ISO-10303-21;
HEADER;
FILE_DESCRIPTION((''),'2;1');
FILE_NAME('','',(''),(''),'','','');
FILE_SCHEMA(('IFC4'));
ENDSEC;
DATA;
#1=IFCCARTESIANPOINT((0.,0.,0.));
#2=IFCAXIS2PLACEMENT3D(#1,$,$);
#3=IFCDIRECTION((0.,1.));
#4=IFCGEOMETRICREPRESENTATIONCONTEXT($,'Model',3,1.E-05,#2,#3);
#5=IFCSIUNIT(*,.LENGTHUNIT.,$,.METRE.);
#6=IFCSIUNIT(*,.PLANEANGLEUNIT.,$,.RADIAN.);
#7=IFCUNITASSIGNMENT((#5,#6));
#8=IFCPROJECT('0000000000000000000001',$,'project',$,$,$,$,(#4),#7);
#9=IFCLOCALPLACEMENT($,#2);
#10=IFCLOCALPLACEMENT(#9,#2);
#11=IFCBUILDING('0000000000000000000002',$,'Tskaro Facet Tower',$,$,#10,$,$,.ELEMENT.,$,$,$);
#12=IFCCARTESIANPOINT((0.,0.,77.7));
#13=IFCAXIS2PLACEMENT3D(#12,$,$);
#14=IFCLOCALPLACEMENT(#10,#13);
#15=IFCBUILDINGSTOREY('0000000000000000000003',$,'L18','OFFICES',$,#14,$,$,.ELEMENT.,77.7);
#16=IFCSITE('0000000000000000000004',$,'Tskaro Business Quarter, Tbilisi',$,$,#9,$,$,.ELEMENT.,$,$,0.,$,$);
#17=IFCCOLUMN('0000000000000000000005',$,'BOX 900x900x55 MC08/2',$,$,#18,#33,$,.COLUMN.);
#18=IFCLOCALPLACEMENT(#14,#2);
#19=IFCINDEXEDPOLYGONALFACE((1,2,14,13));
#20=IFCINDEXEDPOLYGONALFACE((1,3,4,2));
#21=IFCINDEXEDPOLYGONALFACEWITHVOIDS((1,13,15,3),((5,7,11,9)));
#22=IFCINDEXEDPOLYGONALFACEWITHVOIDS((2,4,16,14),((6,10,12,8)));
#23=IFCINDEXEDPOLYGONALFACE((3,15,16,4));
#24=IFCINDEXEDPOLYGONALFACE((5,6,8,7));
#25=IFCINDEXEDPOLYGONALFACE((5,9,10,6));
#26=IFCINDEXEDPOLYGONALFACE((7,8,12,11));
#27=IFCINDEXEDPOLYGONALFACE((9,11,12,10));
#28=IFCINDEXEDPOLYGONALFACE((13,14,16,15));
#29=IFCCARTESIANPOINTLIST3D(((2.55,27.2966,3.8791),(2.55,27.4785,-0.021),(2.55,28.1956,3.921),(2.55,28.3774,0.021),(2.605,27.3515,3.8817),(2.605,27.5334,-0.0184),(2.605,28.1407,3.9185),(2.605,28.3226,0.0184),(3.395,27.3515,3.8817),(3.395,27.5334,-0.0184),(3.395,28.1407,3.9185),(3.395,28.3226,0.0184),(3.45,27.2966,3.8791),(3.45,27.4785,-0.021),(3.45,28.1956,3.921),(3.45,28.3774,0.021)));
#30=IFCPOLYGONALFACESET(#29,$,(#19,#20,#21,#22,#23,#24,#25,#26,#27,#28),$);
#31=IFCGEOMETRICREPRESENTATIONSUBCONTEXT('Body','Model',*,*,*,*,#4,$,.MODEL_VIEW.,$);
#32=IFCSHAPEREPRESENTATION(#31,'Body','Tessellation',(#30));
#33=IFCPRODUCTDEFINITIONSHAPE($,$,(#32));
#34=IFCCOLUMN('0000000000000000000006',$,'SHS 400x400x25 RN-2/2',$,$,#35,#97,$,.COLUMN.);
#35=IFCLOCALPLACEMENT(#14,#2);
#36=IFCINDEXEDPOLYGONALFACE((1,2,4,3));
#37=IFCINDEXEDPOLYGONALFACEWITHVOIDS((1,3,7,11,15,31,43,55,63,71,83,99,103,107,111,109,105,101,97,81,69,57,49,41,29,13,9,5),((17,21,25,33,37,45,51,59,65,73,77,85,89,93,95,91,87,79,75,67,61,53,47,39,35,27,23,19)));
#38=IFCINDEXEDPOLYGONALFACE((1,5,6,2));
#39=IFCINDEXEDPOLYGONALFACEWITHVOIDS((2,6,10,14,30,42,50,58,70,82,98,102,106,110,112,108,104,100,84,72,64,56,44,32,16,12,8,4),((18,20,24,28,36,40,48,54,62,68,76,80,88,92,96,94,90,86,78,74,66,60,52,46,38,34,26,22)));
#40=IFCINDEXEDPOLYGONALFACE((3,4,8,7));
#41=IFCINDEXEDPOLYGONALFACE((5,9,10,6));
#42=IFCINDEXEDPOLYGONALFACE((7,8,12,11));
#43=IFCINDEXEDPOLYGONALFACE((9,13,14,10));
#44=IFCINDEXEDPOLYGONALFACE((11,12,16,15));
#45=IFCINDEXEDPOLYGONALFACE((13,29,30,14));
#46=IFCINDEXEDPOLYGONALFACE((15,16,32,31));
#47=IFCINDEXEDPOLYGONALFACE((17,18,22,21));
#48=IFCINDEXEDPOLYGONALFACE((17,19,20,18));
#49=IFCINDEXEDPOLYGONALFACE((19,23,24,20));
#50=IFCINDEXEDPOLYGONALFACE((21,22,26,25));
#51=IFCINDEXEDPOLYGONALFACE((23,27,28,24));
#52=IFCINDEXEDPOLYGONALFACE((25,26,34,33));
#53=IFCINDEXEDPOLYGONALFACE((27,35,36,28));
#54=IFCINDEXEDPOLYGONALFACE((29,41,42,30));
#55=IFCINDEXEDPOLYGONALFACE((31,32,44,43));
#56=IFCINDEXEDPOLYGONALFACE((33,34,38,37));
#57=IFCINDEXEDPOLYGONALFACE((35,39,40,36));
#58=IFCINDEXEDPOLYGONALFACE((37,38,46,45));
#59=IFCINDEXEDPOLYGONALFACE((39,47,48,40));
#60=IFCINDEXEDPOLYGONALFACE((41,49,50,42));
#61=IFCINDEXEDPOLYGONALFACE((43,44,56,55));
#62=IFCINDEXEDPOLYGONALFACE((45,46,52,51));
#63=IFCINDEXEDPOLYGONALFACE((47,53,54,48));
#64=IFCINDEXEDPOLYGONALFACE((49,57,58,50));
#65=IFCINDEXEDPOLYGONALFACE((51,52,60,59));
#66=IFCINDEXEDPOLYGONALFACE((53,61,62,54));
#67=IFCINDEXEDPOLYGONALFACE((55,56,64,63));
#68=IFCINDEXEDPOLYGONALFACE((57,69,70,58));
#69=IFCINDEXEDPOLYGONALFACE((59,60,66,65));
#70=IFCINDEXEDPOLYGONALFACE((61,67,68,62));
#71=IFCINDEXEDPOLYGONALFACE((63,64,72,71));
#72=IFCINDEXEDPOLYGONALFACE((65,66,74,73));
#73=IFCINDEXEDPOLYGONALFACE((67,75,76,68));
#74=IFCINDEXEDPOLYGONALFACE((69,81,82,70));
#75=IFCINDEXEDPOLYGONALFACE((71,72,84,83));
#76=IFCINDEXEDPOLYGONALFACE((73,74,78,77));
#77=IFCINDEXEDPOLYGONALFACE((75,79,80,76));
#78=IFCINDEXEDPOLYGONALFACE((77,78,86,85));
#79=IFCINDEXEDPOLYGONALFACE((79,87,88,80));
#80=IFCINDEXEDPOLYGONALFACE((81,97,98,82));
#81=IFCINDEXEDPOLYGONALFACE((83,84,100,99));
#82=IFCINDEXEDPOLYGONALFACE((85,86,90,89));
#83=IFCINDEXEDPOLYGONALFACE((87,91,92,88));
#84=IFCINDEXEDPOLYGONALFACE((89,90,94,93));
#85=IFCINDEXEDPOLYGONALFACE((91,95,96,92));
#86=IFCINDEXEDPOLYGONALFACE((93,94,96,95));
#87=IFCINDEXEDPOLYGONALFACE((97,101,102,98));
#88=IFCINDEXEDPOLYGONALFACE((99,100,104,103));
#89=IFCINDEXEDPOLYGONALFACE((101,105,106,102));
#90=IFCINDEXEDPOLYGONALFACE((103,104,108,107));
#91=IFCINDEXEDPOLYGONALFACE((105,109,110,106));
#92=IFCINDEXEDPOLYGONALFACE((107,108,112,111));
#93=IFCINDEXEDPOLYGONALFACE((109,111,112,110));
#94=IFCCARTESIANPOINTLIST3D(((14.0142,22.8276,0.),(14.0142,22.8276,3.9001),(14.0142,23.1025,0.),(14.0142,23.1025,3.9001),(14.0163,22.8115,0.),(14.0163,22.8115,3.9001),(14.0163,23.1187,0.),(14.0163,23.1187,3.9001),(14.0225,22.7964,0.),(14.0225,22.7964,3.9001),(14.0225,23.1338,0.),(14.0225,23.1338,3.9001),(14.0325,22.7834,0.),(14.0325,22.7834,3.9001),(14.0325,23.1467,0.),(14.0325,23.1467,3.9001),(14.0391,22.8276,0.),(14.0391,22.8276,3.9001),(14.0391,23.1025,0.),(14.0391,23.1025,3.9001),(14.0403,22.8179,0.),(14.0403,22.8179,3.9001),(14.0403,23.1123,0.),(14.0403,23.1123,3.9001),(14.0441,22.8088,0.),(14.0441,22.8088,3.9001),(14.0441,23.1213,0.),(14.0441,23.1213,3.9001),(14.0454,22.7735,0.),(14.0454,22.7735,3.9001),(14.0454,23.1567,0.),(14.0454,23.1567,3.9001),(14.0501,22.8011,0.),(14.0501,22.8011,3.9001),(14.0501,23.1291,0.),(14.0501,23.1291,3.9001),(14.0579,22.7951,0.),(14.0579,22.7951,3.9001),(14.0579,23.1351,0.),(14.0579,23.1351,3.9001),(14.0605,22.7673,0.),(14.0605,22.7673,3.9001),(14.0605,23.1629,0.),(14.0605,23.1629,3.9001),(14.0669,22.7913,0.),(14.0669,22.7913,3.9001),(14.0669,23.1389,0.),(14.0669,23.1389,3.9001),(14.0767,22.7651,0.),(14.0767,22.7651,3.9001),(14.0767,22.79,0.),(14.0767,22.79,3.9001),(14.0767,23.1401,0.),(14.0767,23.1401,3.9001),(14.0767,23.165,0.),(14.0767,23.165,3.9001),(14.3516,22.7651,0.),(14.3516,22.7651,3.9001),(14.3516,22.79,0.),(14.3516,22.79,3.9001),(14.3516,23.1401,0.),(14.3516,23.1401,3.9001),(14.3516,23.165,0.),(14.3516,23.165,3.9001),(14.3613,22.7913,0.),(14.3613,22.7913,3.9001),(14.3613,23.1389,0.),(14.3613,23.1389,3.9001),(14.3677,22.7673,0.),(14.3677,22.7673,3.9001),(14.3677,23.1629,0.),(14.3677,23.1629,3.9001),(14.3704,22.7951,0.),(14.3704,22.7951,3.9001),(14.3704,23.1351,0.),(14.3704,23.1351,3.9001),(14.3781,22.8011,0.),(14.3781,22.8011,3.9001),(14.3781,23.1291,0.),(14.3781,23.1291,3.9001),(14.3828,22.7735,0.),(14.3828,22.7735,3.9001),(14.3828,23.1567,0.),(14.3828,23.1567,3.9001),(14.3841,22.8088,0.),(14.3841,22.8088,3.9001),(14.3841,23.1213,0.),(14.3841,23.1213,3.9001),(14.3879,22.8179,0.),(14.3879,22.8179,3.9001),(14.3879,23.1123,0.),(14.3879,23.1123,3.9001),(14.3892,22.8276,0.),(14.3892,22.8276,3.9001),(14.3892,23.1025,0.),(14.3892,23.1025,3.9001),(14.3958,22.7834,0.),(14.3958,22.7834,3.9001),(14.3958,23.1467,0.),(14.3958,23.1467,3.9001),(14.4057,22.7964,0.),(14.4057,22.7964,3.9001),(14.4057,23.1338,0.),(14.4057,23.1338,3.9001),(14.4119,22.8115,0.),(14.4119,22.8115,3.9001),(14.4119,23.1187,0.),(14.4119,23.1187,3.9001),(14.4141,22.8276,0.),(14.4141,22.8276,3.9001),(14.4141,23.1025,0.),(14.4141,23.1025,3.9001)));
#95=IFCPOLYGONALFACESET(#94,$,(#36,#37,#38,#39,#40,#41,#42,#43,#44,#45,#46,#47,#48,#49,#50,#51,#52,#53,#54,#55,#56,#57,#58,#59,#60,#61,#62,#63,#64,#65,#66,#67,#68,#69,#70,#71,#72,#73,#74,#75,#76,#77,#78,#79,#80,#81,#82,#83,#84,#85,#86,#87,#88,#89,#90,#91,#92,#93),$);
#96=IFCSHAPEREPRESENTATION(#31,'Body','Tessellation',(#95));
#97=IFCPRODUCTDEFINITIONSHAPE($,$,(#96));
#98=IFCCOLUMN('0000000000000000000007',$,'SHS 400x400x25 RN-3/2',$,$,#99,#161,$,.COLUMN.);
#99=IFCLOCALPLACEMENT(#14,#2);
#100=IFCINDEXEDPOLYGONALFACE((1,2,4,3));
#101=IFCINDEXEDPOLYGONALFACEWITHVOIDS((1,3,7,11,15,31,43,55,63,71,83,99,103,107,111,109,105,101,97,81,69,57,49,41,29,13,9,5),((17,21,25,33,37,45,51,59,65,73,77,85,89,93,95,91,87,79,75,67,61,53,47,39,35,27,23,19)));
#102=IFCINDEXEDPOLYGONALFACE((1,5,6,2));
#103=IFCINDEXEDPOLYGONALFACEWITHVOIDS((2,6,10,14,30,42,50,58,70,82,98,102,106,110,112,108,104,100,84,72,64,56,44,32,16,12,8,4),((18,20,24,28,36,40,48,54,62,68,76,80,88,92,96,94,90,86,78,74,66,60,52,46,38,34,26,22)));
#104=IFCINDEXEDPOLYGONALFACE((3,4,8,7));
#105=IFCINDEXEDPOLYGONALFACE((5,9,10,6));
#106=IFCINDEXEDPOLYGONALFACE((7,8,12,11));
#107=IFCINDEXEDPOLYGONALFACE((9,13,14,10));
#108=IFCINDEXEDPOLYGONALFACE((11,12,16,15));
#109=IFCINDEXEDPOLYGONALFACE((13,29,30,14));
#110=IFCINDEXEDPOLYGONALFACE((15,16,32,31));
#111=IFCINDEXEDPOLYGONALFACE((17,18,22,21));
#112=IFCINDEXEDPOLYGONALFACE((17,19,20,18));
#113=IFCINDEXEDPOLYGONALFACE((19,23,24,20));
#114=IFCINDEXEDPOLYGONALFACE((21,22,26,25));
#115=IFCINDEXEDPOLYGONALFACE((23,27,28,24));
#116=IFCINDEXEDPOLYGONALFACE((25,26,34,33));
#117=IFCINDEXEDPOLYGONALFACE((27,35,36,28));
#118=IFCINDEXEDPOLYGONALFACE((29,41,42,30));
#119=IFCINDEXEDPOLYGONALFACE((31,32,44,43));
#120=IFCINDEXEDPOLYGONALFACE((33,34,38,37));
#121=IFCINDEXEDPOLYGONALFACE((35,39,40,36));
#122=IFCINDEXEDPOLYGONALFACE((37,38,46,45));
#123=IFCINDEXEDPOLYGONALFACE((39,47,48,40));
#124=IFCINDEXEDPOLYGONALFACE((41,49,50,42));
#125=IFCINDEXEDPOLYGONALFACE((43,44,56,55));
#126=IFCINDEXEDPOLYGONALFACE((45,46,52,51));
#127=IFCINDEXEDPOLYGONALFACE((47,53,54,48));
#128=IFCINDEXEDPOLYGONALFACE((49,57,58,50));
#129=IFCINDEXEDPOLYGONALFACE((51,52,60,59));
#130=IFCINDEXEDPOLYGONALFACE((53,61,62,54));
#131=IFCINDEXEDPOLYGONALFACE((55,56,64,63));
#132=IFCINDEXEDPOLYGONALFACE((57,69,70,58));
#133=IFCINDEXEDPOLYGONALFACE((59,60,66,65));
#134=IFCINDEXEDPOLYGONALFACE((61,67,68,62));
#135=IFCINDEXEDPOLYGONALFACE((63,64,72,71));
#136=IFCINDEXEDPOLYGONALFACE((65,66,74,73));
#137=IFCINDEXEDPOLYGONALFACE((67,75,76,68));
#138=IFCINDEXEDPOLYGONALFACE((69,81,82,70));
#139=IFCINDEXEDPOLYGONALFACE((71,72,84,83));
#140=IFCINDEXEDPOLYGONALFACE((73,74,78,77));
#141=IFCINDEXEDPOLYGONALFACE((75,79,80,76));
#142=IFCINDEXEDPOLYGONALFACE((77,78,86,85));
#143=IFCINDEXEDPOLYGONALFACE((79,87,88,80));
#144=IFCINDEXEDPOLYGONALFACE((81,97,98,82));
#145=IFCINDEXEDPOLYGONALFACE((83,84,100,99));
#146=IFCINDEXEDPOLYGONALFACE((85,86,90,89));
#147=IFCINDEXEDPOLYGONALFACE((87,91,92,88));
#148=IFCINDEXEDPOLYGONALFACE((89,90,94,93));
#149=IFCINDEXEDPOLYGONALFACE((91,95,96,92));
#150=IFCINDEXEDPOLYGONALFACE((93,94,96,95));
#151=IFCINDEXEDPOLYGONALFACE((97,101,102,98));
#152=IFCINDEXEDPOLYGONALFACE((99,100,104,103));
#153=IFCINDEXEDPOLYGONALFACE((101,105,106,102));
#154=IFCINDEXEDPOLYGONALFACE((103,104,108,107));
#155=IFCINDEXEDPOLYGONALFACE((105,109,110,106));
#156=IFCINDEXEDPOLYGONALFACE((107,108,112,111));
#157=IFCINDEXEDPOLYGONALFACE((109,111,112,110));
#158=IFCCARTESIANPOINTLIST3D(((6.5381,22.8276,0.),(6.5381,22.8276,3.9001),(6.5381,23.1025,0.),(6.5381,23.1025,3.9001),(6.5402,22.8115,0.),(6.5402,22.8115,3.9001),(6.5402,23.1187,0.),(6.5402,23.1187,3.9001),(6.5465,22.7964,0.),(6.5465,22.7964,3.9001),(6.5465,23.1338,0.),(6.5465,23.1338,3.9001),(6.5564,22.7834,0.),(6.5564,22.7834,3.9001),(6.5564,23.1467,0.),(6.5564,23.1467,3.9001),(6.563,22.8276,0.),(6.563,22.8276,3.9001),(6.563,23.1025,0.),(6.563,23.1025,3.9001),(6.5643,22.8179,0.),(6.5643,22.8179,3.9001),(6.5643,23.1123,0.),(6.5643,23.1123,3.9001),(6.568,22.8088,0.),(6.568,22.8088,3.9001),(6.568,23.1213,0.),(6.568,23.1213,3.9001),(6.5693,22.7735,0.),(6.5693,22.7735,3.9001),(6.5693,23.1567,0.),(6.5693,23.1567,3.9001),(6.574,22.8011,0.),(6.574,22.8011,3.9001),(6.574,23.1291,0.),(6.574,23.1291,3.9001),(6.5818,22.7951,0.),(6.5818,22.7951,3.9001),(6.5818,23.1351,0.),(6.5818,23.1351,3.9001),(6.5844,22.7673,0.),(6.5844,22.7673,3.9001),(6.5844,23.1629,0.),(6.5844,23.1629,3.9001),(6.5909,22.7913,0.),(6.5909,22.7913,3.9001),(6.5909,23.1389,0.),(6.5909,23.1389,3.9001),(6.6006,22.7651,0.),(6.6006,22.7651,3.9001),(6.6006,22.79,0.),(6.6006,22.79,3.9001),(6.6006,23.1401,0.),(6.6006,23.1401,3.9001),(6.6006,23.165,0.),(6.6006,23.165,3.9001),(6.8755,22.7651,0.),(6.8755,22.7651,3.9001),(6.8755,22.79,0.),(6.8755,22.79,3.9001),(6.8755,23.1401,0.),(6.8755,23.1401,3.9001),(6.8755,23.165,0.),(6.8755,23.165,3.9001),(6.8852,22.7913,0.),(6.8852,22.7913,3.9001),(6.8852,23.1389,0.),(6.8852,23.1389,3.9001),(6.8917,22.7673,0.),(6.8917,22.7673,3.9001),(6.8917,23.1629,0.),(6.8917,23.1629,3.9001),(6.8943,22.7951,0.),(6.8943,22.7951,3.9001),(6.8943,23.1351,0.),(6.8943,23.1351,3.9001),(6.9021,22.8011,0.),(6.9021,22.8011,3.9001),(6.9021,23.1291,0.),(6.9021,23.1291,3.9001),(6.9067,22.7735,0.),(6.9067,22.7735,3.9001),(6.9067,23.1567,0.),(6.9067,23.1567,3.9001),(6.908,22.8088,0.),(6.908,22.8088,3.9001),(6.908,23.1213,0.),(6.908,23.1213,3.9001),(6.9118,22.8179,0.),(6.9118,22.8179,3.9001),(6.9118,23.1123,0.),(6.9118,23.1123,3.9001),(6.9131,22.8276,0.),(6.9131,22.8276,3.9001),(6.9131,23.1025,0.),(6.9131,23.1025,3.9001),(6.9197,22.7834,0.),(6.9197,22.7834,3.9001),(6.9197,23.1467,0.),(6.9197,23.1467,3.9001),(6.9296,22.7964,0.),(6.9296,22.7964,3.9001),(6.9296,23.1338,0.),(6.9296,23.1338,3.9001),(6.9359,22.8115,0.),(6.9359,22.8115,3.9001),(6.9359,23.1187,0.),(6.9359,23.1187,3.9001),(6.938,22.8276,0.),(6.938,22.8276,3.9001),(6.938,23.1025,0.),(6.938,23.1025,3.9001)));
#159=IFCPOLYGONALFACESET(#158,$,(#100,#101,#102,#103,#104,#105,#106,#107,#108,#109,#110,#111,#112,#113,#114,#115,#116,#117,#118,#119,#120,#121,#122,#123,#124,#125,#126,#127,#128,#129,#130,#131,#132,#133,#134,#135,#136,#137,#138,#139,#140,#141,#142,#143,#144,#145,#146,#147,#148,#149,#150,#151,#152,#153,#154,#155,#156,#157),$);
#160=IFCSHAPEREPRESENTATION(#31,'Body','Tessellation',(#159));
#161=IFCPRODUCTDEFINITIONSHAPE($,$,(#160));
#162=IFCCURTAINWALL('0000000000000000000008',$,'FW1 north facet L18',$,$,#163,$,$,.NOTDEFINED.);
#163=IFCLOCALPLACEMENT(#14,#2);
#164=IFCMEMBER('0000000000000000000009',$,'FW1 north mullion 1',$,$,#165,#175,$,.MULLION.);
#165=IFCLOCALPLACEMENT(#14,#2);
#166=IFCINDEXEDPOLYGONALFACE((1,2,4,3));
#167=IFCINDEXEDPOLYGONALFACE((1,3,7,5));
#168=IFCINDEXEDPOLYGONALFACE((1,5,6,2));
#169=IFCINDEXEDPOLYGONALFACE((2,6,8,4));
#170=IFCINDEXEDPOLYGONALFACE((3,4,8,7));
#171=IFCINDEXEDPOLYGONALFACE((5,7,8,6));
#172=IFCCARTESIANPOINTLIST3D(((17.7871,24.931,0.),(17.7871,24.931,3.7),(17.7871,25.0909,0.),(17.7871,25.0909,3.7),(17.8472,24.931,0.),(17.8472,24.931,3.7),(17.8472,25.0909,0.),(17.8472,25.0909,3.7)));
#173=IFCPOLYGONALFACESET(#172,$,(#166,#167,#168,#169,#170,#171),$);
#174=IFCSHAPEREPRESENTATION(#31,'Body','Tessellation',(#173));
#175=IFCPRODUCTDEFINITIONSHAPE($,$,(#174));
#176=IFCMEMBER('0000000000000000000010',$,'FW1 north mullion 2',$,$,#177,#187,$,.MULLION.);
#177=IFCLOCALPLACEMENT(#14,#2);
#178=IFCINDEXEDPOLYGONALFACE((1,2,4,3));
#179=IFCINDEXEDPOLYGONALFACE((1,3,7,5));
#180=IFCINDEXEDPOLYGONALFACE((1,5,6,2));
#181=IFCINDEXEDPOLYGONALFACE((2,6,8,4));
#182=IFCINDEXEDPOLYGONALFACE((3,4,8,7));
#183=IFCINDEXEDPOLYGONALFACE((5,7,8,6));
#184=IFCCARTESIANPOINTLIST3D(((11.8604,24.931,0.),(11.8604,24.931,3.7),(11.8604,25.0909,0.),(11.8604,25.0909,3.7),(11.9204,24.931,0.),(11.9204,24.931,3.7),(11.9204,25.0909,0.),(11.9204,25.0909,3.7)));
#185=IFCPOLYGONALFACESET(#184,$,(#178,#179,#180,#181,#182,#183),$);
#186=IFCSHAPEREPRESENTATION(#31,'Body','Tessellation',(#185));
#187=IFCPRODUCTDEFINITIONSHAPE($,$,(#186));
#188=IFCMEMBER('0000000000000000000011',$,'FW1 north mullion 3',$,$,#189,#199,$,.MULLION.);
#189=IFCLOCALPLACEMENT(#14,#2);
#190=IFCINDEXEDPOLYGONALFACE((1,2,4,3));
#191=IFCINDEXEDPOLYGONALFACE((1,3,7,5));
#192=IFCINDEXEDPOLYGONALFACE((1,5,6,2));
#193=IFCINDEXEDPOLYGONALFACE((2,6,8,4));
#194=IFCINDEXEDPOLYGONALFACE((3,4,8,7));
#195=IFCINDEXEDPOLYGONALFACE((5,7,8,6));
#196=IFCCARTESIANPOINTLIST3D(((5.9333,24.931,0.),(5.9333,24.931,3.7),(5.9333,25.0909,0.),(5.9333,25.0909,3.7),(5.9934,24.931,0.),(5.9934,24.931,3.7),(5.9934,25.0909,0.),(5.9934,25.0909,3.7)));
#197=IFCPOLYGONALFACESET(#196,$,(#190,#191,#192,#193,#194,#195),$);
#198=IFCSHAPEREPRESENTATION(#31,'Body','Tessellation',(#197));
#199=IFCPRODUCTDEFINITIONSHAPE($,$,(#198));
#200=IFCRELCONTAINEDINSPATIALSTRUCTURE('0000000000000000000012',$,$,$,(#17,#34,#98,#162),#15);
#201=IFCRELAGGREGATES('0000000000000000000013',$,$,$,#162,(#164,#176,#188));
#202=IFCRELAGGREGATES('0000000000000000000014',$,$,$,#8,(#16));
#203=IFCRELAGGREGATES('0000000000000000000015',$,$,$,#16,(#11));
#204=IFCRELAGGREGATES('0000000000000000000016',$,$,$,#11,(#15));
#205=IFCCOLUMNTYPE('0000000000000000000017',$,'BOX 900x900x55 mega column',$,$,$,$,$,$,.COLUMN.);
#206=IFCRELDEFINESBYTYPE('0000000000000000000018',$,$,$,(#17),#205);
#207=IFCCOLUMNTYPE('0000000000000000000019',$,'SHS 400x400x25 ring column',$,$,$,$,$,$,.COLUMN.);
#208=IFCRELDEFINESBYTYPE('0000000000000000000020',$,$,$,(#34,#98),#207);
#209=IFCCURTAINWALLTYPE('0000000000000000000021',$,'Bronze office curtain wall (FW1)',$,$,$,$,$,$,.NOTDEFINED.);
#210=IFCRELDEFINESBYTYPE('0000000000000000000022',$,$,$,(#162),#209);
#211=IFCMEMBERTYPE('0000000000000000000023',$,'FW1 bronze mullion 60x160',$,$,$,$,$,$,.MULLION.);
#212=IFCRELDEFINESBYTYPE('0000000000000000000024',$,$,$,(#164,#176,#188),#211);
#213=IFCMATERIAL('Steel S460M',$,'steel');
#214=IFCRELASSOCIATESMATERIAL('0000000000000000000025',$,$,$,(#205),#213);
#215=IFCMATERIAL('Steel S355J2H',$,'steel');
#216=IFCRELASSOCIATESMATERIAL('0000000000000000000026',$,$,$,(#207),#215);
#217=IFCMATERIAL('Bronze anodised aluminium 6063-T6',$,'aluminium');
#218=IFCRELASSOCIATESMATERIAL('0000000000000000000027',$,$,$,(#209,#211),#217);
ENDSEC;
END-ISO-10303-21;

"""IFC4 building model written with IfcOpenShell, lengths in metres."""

from ifc_helpers import new_model, si_unit, direction, frame, origin, origin_2d, place, context, subcontext, project, spatial, rectangle, hollow_rectangle, extrude, material, material_profile, profile_set, type_object, element, aggregate, save


model = new_model("IFC4")

# Units and contexts
model_context = context("Model", 3, precision=1e-05, world=origin(), true_north=direction((0.0, 1.0)))
body_context = subcontext(model_context, "Body", "Model", "MODEL_VIEW")
ifc_project = project(units=[si_unit("LENGTHUNIT", "METRE"), si_unit("PLANEANGLEUNIT", "RADIAN")], contexts=[model_context])

# Site, building, storey
site_placement = place(None, origin())
site = spatial("IfcSite", under=ifc_project, at=site_placement, Name="Tskaro Business Quarter, Tbilisi", CompositionType="ELEMENT", RefElevation=0.0)
building_placement = place(site_placement, origin())
building = spatial("IfcBuilding", under=site, at=building_placement, Name="Tskaro Facet Tower", CompositionType="ELEMENT")
storey_placement = place(building_placement, frame((0.0, 0.0, 77.7)))
storey = spatial("IfcBuildingStorey", under=building, at=storey_placement, Name="L18", Description="OFFICES", CompositionType="ELEMENT", Elevation=77.7)

# Columns
ifc_material_1 = material(Name="Steel S460M", Category="steel")
ifc_material_profile_1 = material_profile(ifc_material_1, hollow_rectangle(XDim=0.8999, YDim=0.8999, WallThickness=0.0549, at=origin_2d()), Name="BOX 900x900x55")
ifc_profile_set_1 = profile_set([ifc_material_profile_1], Name="Steel S460M")
column_type_1 = type_object("IfcColumnType", Name="BOX 900x900x55 mega column", PredefinedType="COLUMN", material=ifc_profile_set_1)
column_placement = place(storey_placement, frame((3.0, 27.928, 0.0), z_axis=(0.0, -0.046585, 0.998914), x_axis=(1.0, 0.0, 0.0)))
element("IfcColumn", 1, at=column_placement, inside=storey, type_object=column_type_1, Name="BOX 900x900x55 MC08/2", PredefinedType="COLUMN", context=body_context, shape_type="SweptSolid", body=[
    extrude(hollow_rectangle(XDim=0.8999, YDim=0.8999, WallThickness=0.0549, at=origin_2d()), origin(), (0.0, 0.0, 1.0), 3.9043),
])
ifc_material_2 = material(Name="Steel S355J2H", Category="steel")
ifc_material_profile_2 = material_profile(ifc_material_2, hollow_rectangle(XDim=0.3999, YDim=0.3999, WallThickness=0.0249, InnerFilletRadius=0.0376, OuterFilletRadius=0.0625, at=origin_2d()), Name="SHS 400x400x25")
ifc_profile_set_2 = profile_set([ifc_material_profile_2], Name="Steel S355J2H")
column_type_2 = type_object("IfcColumnType", Name="SHS 400x400x25 ring column", PredefinedType="COLUMN", material=ifc_profile_set_2)
for number, where, z_axis, x_axis, name in (
    (2, (14.2141, 22.9651, 0.0), (0.0, 0.0, 1.0), (1.0, 0.0, 0.0), "SHS 400x400x25 RN-2/2"),
    (3, (6.738, 22.9651, 0.0), (0.0, 0.0, 1.0), (1.0, 0.0, 0.0), "SHS 400x400x25 RN-3/2"),
):
    element("IfcColumn", number, at=place(storey_placement, frame(where, z_axis=z_axis, x_axis=x_axis)), inside=storey, type_object=column_type_2, Name=name, PredefinedType="COLUMN", context=body_context, shape_type="SweptSolid", body=[
        extrude(hollow_rectangle(XDim=0.3999, YDim=0.3999, WallThickness=0.0249, InnerFilletRadius=0.0376, OuterFilletRadius=0.0625, at=origin_2d()), origin(), (0.0, 0.0, 1.0), 3.9001),
    ])

# Curtain wall, members
ifc_material_3 = material(Name="Bronze anodised aluminium 6063-T6", Category="aluminium")
curtain_wall_type = type_object("IfcCurtainWallType", Name="Bronze office curtain wall (FW1)", PredefinedType="NOTDEFINED", material=ifc_material_3)
curtain_wall_placement = place(storey_placement, origin())
curtain_wall = element("IfcCurtainWall", 4, at=curtain_wall_placement, inside=storey, type_object=curtain_wall_type, Name="FW1 north facet L18", PredefinedType="NOTDEFINED")
ifc_material_profile_3 = material_profile(ifc_material_3, rectangle(XDim=0.0601, YDim=0.1599, at=origin_2d()), Name="Mullion 60x160")
ifc_profile_set_3 = profile_set([ifc_material_profile_3], Name="Bronze anodised aluminium 6063-T6")
member_type_1 = type_object("IfcMemberType", Name="FW1 bronze mullion 60x160", PredefinedType="MULLION", material=ifc_profile_set_3)
member_1_placement = place(storey_placement, frame((17.8171, 25.011, 0.0), z_axis=(0.0, 0.0, 1.0), x_axis=(-1.0, 0.0, 0.0)))
member_1 = element("IfcMember", 5, at=member_1_placement, type_object=member_type_1, Name="FW1 north mullion 1", PredefinedType="MULLION", context=body_context, shape_type="SweptSolid", body=[
    extrude(rectangle(XDim=0.0601, YDim=0.1599, at=origin_2d()), origin(), (0.0, 0.0, 1.0), 3.7),
])
member_2_placement = place(storey_placement, frame((11.8904, 25.011, 0.0), z_axis=(0.0, 0.0, 1.0), x_axis=(-1.0, 0.0, 0.0)))
member_2 = element("IfcMember", 6, at=member_2_placement, type_object=member_type_1, Name="FW1 north mullion 2", PredefinedType="MULLION", context=body_context, shape_type="SweptSolid", body=[
    extrude(rectangle(XDim=0.0601, YDim=0.1599, at=origin_2d()), origin(), (0.0, 0.0, 1.0), 3.7),
])
member_3_placement = place(storey_placement, frame((5.9634, 25.011, 0.0), z_axis=(0.0, 0.0, 1.0), x_axis=(-1.0, 0.0, 0.0)))
member_3 = element("IfcMember", 7, at=member_3_placement, type_object=member_type_1, Name="FW1 north mullion 3", PredefinedType="MULLION", context=body_context, shape_type="SweptSolid", body=[
    extrude(rectangle(XDim=0.0601, YDim=0.1599, at=origin_2d()), origin(), (0.0, 0.0, 1.0), 3.7),
])

aggregate(curtain_wall, [member_1, member_2, member_3])

save(model, "model.ifc")
